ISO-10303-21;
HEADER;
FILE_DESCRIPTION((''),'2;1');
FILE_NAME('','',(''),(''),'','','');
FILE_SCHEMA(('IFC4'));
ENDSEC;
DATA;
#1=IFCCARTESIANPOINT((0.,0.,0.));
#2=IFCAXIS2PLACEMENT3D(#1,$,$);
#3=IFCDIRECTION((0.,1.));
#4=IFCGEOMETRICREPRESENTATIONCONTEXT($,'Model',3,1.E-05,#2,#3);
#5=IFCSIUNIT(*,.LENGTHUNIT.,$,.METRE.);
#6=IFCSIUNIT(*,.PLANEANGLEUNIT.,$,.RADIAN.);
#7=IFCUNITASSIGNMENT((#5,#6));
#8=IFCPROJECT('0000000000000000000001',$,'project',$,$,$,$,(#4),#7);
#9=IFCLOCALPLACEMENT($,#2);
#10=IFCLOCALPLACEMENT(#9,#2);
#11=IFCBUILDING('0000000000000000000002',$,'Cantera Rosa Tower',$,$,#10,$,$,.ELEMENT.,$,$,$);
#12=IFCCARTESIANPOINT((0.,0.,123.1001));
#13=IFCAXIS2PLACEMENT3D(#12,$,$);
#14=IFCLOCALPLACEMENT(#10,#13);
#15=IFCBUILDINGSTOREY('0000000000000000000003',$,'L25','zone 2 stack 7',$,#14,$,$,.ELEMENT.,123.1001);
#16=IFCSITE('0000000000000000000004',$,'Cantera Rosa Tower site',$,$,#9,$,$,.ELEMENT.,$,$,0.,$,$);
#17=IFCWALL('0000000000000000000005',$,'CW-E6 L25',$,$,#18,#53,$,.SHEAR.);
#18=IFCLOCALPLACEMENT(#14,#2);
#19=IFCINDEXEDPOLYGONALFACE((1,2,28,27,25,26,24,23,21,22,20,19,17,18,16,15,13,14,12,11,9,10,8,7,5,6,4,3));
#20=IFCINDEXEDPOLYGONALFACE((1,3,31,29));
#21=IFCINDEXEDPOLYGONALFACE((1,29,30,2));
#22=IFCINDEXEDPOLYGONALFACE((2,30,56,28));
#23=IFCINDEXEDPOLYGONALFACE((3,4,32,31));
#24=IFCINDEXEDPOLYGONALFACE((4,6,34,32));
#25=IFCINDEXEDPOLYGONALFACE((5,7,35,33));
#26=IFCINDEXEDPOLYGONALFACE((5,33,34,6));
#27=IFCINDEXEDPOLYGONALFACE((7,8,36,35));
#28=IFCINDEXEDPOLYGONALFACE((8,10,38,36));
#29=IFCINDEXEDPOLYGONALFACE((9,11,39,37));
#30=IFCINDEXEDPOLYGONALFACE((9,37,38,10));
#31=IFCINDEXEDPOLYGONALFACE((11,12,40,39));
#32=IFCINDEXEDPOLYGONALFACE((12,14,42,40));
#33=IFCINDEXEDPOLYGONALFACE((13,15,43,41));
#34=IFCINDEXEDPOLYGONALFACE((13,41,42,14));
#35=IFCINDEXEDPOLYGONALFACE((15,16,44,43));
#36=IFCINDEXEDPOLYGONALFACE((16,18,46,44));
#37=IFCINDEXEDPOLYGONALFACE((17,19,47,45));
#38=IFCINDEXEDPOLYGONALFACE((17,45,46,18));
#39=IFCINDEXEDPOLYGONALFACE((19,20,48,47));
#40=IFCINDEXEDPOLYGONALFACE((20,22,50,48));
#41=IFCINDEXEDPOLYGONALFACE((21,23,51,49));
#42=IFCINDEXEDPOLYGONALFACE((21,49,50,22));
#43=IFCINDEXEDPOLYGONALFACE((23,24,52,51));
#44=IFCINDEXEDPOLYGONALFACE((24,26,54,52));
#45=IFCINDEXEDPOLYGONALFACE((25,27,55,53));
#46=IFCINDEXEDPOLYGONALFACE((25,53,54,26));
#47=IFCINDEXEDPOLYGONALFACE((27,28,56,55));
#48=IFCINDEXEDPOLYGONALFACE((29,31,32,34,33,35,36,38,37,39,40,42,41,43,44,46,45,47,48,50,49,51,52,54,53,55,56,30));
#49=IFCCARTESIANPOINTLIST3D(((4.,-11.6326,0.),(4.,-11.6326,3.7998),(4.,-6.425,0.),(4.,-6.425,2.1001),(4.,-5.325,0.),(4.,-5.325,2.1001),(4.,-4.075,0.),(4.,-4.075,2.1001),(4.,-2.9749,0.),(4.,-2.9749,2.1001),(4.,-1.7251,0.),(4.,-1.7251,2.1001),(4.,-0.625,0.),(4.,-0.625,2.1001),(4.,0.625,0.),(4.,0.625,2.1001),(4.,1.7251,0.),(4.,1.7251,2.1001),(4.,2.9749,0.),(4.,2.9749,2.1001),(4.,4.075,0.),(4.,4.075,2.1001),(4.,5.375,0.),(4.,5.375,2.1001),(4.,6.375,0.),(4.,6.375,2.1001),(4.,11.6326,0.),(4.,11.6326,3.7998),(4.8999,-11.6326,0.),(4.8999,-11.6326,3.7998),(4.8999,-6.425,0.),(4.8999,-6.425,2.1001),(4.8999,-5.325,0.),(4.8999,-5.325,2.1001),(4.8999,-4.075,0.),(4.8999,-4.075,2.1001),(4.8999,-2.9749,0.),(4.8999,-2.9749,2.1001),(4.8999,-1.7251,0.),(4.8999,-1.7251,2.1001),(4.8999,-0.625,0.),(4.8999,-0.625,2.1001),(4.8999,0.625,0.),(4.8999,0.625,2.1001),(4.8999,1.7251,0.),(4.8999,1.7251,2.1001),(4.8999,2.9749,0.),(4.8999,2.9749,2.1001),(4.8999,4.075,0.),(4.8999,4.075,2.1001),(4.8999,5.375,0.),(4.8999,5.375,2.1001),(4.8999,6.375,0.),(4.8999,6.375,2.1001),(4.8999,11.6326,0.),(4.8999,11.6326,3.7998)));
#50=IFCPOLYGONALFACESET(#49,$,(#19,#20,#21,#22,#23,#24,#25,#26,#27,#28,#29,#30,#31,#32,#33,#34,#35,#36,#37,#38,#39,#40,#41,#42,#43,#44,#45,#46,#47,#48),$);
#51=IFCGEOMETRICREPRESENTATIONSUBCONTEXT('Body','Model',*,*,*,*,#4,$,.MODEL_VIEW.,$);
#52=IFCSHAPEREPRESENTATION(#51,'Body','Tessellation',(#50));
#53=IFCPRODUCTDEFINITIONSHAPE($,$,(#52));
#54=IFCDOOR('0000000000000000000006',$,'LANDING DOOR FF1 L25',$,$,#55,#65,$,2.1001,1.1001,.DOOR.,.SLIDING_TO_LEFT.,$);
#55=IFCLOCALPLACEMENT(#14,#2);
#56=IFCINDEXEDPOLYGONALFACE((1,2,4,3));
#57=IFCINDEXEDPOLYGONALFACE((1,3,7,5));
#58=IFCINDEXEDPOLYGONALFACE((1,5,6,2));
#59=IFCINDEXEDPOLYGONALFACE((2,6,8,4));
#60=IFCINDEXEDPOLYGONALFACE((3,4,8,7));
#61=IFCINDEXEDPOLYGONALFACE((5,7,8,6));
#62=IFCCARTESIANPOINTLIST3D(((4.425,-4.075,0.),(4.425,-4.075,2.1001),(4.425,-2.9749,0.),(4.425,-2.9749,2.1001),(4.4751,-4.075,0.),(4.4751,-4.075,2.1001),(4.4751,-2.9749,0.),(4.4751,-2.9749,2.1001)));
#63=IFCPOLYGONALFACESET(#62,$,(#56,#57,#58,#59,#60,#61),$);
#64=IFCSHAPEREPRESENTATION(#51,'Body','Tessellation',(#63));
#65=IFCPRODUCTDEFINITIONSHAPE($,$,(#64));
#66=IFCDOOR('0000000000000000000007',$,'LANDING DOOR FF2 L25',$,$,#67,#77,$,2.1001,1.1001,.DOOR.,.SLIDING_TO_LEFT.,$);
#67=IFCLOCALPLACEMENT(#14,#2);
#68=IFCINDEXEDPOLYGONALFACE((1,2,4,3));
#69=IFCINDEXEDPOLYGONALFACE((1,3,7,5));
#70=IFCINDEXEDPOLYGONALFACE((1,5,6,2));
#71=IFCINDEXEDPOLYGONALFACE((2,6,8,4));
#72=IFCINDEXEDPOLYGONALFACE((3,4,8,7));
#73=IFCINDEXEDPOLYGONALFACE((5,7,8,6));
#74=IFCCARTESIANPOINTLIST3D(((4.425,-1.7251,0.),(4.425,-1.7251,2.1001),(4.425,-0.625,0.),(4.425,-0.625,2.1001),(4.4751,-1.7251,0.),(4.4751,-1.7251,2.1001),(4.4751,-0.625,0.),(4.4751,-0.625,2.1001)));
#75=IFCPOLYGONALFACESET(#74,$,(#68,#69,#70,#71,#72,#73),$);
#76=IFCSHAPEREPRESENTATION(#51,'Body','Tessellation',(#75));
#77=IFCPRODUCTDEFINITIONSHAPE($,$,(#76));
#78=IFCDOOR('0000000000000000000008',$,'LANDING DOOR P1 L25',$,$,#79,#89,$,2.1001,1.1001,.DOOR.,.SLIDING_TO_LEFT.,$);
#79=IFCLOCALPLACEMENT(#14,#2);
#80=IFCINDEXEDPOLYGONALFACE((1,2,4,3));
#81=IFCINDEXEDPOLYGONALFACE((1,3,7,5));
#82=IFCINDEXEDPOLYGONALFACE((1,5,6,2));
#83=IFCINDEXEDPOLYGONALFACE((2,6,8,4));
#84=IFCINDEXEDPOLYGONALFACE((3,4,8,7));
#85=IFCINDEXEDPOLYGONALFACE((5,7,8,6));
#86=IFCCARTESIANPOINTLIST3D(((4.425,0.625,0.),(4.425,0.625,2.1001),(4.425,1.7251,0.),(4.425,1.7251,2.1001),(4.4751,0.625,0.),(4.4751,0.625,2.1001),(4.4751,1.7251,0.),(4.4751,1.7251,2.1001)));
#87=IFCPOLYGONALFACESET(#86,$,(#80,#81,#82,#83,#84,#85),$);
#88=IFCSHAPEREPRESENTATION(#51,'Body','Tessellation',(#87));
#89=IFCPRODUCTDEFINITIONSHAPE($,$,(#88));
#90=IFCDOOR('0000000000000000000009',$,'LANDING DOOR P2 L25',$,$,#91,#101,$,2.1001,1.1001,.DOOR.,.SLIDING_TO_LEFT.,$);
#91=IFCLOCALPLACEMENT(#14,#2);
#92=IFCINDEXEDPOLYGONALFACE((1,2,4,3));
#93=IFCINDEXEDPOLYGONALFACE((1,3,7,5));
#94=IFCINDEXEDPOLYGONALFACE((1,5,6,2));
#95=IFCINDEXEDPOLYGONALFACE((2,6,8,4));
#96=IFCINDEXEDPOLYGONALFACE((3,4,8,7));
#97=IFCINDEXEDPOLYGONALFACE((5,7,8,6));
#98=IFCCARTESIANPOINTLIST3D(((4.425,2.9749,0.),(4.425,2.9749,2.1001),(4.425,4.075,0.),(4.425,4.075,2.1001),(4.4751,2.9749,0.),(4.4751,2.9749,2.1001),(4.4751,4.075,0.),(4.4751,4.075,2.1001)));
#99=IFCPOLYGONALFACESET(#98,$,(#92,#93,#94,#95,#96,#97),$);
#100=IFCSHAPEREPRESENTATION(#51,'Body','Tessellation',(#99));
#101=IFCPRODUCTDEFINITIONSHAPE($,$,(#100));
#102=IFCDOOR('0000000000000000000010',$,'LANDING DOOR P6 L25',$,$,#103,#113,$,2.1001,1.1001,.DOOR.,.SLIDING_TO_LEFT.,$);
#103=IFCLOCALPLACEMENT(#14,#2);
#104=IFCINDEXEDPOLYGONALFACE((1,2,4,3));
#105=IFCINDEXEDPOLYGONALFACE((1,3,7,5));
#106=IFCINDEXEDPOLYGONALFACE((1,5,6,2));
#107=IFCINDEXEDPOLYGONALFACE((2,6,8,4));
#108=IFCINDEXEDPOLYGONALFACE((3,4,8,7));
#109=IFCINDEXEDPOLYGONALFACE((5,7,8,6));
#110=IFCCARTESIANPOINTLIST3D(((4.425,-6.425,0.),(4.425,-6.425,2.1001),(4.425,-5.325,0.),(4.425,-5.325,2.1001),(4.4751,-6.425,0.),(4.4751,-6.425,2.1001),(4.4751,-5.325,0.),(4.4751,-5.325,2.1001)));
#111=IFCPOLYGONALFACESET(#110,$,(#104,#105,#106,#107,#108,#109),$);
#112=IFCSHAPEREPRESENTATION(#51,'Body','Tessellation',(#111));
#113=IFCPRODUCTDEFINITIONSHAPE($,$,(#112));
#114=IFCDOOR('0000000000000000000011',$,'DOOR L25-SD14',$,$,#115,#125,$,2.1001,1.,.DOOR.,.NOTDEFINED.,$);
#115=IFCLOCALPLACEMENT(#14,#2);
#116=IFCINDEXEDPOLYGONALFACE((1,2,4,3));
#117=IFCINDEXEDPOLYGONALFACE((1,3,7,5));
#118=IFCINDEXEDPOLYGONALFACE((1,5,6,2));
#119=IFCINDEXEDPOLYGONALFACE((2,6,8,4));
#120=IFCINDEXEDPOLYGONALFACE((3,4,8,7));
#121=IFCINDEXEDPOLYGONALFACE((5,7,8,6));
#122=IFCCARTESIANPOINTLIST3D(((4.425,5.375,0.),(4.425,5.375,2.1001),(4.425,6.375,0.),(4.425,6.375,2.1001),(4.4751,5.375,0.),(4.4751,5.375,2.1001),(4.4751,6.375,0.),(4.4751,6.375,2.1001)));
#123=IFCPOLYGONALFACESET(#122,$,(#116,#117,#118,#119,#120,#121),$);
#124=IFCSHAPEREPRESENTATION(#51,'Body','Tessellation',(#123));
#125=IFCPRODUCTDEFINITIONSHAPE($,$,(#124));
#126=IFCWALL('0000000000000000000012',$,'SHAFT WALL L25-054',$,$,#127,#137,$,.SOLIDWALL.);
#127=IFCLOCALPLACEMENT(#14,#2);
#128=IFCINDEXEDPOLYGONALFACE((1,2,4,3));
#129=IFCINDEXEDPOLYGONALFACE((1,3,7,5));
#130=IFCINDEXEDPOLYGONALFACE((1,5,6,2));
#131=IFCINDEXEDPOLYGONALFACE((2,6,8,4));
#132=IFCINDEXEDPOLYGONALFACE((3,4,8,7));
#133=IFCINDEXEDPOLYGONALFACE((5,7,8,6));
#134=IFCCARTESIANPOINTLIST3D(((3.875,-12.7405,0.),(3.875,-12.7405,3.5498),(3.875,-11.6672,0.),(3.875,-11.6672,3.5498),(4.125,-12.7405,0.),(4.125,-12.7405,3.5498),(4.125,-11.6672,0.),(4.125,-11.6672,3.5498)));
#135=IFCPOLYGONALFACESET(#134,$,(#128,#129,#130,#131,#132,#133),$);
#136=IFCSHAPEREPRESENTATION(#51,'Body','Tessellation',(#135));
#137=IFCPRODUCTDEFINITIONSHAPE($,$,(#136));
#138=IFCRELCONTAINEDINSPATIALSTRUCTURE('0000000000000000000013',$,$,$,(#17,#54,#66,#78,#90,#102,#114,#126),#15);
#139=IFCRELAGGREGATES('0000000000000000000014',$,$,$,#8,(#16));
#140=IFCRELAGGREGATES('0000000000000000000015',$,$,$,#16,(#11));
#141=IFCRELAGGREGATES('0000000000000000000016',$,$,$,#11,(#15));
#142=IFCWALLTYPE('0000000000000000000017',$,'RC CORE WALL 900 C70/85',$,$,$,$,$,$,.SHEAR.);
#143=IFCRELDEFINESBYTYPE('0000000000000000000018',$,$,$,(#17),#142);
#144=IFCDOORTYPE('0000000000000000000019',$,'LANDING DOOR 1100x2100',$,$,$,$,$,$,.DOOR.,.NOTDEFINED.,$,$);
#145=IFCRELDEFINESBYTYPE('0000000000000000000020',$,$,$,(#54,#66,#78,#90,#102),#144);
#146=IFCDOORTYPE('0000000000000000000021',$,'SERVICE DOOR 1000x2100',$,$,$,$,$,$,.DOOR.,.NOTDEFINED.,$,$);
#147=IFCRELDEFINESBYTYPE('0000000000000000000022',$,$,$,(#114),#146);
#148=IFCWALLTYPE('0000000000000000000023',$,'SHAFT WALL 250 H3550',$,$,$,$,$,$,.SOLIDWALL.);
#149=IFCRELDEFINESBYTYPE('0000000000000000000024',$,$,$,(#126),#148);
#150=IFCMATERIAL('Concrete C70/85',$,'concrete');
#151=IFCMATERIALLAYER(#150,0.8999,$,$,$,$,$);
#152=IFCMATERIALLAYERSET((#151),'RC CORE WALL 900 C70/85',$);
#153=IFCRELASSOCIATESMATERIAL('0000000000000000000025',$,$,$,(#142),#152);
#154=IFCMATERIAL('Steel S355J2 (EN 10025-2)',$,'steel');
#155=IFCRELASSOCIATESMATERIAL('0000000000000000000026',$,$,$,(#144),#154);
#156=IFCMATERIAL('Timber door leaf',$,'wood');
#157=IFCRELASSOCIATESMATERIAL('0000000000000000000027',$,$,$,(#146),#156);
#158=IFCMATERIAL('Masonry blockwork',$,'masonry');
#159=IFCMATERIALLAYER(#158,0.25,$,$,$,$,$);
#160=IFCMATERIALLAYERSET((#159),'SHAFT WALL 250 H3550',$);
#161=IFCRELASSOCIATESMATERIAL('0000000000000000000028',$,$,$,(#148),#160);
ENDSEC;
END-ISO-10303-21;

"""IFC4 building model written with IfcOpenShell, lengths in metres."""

from ifc_helpers import new_model, si_unit, direction, frame, frame_2d, origin, place, context, subcontext, project, spatial, rectangle, extrude, material, layer, layer_set, type_object, element, fill, save


model = new_model("IFC4")

# Units and contexts
model_context = context("Model", 3, precision=1e-05, world=origin(), true_north=direction((0.0, 1.0)))
body_context = subcontext(model_context, "Body", "Model", "MODEL_VIEW")
ifc_project = project(units=[si_unit("LENGTHUNIT", "METRE"), si_unit("PLANEANGLEUNIT", "RADIAN")], contexts=[model_context])

# Site, building, storey
site_placement = place(None, origin())
site = spatial("IfcSite", under=ifc_project, at=site_placement, Name="Cantera Rosa Tower site", CompositionType="ELEMENT", RefElevation=0.0)
building_placement = place(site_placement, origin())
building = spatial("IfcBuilding", under=site, at=building_placement, Name="Cantera Rosa Tower", CompositionType="ELEMENT")
storey_placement = place(building_placement, frame((0.0, 0.0, 123.1001)))
storey = spatial("IfcBuildingStorey", under=building, at=storey_placement, Name="L25", Description="zone 2 stack 7", CompositionType="ELEMENT", Elevation=123.1001)

# Wall, openings, doors
ifc_material_1 = material(Name="Concrete C70/85", Category="concrete")
ifc_layer_1 = layer(ifc_material_1, 0.8999)
ifc_layer_set_1 = layer_set([ifc_layer_1], Name="RC CORE WALL 900 C70/85")
wall_type_1 = type_object("IfcWallType", Name="RC CORE WALL 900 C70/85", PredefinedType="SHEAR", material=ifc_layer_set_1)
wall_1_placement = place(storey_placement, frame((4.45, -11.6326, 0.0), z_axis=(0.0, 0.0, 1.0), x_axis=(0.0, 1.0, 0.0)))
wall_1 = element("IfcWall", 1, at=wall_1_placement, inside=storey, type_object=wall_type_1, Name="CW-E6 L25", PredefinedType="SHEAR", context=body_context, shape_type="SweptSolid", body=[
    extrude(rectangle(XDim=23.2651, YDim=0.8999, at=frame_2d((11.6326, 0.0))), origin(), (0.0, 0.0, 1.0), 3.7998),
])
opening_1_placement = place(wall_1_placement, frame((7.5576, 0.0, 0.0)))
opening_1 = element("IfcOpeningElement", 2, at=opening_1_placement, cuts=wall_1, PredefinedType="OPENING", context=body_context, shape_type="SweptSolid", body=[
    extrude(rectangle(XDim=1.1001, YDim=2.1001, at=frame_2d((0.55, 1.05))), frame((0.0, 0.46, 0.0), z_axis=(0.0, -1.0, 0.0), x_axis=(1.0, 0.0, 0.0)), (0.0, 0.0, 1.0), 0.9199),
])
opening_2_placement = place(wall_1_placement, frame((9.9075, 0.0, 0.0)))
opening_2 = element("IfcOpeningElement", 3, at=opening_2_placement, cuts=wall_1, PredefinedType="OPENING", context=body_context, shape_type="SweptSolid", body=[
    extrude(rectangle(XDim=1.1001, YDim=2.1001, at=frame_2d((0.55, 1.05))), frame((0.0, 0.46, 0.0), z_axis=(0.0, -1.0, 0.0), x_axis=(1.0, 0.0, 0.0)), (0.0, 0.0, 1.0), 0.9199),
])
opening_3_placement = place(wall_1_placement, frame((12.2576, 0.0, 0.0)))
opening_3 = element("IfcOpeningElement", 4, at=opening_3_placement, cuts=wall_1, PredefinedType="OPENING", context=body_context, shape_type="SweptSolid", body=[
    extrude(rectangle(XDim=1.1001, YDim=2.1001, at=frame_2d((0.55, 1.05))), frame((0.0, 0.46, 0.0), z_axis=(0.0, -1.0, 0.0), x_axis=(1.0, 0.0, 0.0)), (0.0, 0.0, 1.0), 0.9199),
])
opening_4_placement = place(wall_1_placement, frame((14.6074, 0.0, 0.0)))
opening_4 = element("IfcOpeningElement", 5, at=opening_4_placement, cuts=wall_1, PredefinedType="OPENING", context=body_context, shape_type="SweptSolid", body=[
    extrude(rectangle(XDim=1.1001, YDim=2.1001, at=frame_2d((0.55, 1.05))), frame((0.0, 0.46, 0.0), z_axis=(0.0, -1.0, 0.0), x_axis=(1.0, 0.0, 0.0)), (0.0, 0.0, 1.0), 0.9199),
])
opening_5_placement = place(wall_1_placement, frame((5.2075, 0.0, 0.0)))
opening_5 = element("IfcOpeningElement", 6, at=opening_5_placement, cuts=wall_1, PredefinedType="OPENING", context=body_context, shape_type="SweptSolid", body=[
    extrude(rectangle(XDim=1.1001, YDim=2.1001, at=frame_2d((0.55, 1.05))), frame((0.0, 0.46, 0.0), z_axis=(0.0, -1.0, 0.0), x_axis=(1.0, 0.0, 0.0)), (0.0, 0.0, 1.0), 0.9199),
])
opening_6_placement = place(wall_1_placement, frame((17.0076, 0.0, 0.0)))
opening_6 = element("IfcOpeningElement", 7, at=opening_6_placement, cuts=wall_1, PredefinedType="OPENING", context=body_context, shape_type="SweptSolid", body=[
    extrude(rectangle(XDim=1.0, YDim=2.1001, at=frame_2d((0.5, 1.05))), frame((0.0, 0.46, 0.0), z_axis=(0.0, -1.0, 0.0), x_axis=(1.0, 0.0, 0.0)), (0.0, 0.0, 1.0), 0.9199),
])
ifc_material_2 = material(Name="Steel S355J2 (EN 10025-2)", Category="steel")
door_type_1 = type_object("IfcDoorType", Name="LANDING DOOR 1100x2100", OperationType="NOTDEFINED", PredefinedType="DOOR", material=ifc_material_2)
door_1_placement = place(opening_1_placement, origin())
door_1 = element("IfcDoor", 8, at=door_1_placement, inside=storey, type_object=door_type_1, Name="LANDING DOOR FF1 L25", OperationType="SLIDING_TO_LEFT", OverallHeight=2.1001, OverallWidth=1.1001, PredefinedType="DOOR", context=body_context, shape_type="SweptSolid", body=[
    extrude(rectangle(XDim=1.1001, YDim=2.1001, at=frame_2d((0.55, 1.05))), frame((0.0, 0.0249, 0.0), z_axis=(0.0, -1.0, 0.0), x_axis=(1.0, 0.0, 0.0)), (0.0, 0.0, 1.0), 0.05),
])
fill(opening_1, door_1)
door_2_placement = place(opening_2_placement, origin())
door_2 = element("IfcDoor", 9, at=door_2_placement, inside=storey, type_object=door_type_1, Name="LANDING DOOR FF2 L25", OperationType="SLIDING_TO_LEFT", OverallHeight=2.1001, OverallWidth=1.1001, PredefinedType="DOOR", context=body_context, shape_type="SweptSolid", body=[
    extrude(rectangle(XDim=1.1001, YDim=2.1001, at=frame_2d((0.55, 1.05))), frame((0.0, 0.0249, 0.0), z_axis=(0.0, -1.0, 0.0), x_axis=(1.0, 0.0, 0.0)), (0.0, 0.0, 1.0), 0.05),
])
fill(opening_2, door_2)
door_3_placement = place(opening_3_placement, origin())
door_3 = element("IfcDoor", 10, at=door_3_placement, inside=storey, type_object=door_type_1, Name="LANDING DOOR P1 L25", OperationType="SLIDING_TO_LEFT", OverallHeight=2.1001, OverallWidth=1.1001, PredefinedType="DOOR", context=body_context, shape_type="SweptSolid", body=[
    extrude(rectangle(XDim=1.1001, YDim=2.1001, at=frame_2d((0.55, 1.05))), frame((0.0, 0.0249, 0.0), z_axis=(0.0, -1.0, 0.0), x_axis=(1.0, 0.0, 0.0)), (0.0, 0.0, 1.0), 0.05),
])
fill(opening_3, door_3)
door_4_placement = place(opening_4_placement, origin())
door_4 = element("IfcDoor", 11, at=door_4_placement, inside=storey, type_object=door_type_1, Name="LANDING DOOR P2 L25", OperationType="SLIDING_TO_LEFT", OverallHeight=2.1001, OverallWidth=1.1001, PredefinedType="DOOR", context=body_context, shape_type="SweptSolid", body=[
    extrude(rectangle(XDim=1.1001, YDim=2.1001, at=frame_2d((0.55, 1.05))), frame((0.0, 0.0249, 0.0), z_axis=(0.0, -1.0, 0.0), x_axis=(1.0, 0.0, 0.0)), (0.0, 0.0, 1.0), 0.05),
])
fill(opening_4, door_4)
door_5_placement = place(opening_5_placement, origin())
door_5 = element("IfcDoor", 12, at=door_5_placement, inside=storey, type_object=door_type_1, Name="LANDING DOOR P6 L25", OperationType="SLIDING_TO_LEFT", OverallHeight=2.1001, OverallWidth=1.1001, PredefinedType="DOOR", context=body_context, shape_type="SweptSolid", body=[
    extrude(rectangle(XDim=1.1001, YDim=2.1001, at=frame_2d((0.55, 1.05))), frame((0.0, 0.0249, 0.0), z_axis=(0.0, -1.0, 0.0), x_axis=(1.0, 0.0, 0.0)), (0.0, 0.0, 1.0), 0.05),
])
fill(opening_5, door_5)
ifc_material_3 = material(Name="Timber door leaf", Category="wood")
door_type_2 = type_object("IfcDoorType", Name="SERVICE DOOR 1000x2100", OperationType="NOTDEFINED", PredefinedType="DOOR", material=ifc_material_3)
door_6_placement = place(opening_6_placement, origin())
door_6 = element("IfcDoor", 13, at=door_6_placement, inside=storey, type_object=door_type_2, Name="DOOR L25-SD14", OperationType="NOTDEFINED", OverallHeight=2.1001, OverallWidth=1.0, PredefinedType="DOOR", context=body_context, shape_type="SweptSolid", body=[
    extrude(rectangle(XDim=1.0, YDim=2.1001, at=frame_2d((0.5, 1.05))), frame((0.0, 0.0249, 0.0), z_axis=(0.0, -1.0, 0.0), x_axis=(1.0, 0.0, 0.0)), (0.0, 0.0, 1.0), 0.05),
])
fill(opening_6, door_6)

# Wall
ifc_material_4 = material(Name="Masonry blockwork", Category="masonry")
ifc_layer_2 = layer(ifc_material_4, 0.25)
ifc_layer_set_2 = layer_set([ifc_layer_2], Name="SHAFT WALL 250 H3550")
wall_type_2 = type_object("IfcWallType", Name="SHAFT WALL 250 H3550", PredefinedType="SOLIDWALL", material=ifc_layer_set_2)
wall_2_placement = place(storey_placement, frame((4.0, -12.7405, 0.0), z_axis=(0.0, 0.0, 1.0), x_axis=(0.0, 1.0, 0.0)))
element("IfcWall", 14, at=wall_2_placement, inside=storey, type_object=wall_type_2, Name="SHAFT WALL L25-054", PredefinedType="SOLIDWALL", context=body_context, shape_type="SweptSolid", body=[
    extrude(rectangle(XDim=1.0732, YDim=0.25, at=frame_2d((0.5366, 0.0))), origin(), (0.0, 0.0, 1.0), 3.5498),
])

save(model, "model.ifc")
